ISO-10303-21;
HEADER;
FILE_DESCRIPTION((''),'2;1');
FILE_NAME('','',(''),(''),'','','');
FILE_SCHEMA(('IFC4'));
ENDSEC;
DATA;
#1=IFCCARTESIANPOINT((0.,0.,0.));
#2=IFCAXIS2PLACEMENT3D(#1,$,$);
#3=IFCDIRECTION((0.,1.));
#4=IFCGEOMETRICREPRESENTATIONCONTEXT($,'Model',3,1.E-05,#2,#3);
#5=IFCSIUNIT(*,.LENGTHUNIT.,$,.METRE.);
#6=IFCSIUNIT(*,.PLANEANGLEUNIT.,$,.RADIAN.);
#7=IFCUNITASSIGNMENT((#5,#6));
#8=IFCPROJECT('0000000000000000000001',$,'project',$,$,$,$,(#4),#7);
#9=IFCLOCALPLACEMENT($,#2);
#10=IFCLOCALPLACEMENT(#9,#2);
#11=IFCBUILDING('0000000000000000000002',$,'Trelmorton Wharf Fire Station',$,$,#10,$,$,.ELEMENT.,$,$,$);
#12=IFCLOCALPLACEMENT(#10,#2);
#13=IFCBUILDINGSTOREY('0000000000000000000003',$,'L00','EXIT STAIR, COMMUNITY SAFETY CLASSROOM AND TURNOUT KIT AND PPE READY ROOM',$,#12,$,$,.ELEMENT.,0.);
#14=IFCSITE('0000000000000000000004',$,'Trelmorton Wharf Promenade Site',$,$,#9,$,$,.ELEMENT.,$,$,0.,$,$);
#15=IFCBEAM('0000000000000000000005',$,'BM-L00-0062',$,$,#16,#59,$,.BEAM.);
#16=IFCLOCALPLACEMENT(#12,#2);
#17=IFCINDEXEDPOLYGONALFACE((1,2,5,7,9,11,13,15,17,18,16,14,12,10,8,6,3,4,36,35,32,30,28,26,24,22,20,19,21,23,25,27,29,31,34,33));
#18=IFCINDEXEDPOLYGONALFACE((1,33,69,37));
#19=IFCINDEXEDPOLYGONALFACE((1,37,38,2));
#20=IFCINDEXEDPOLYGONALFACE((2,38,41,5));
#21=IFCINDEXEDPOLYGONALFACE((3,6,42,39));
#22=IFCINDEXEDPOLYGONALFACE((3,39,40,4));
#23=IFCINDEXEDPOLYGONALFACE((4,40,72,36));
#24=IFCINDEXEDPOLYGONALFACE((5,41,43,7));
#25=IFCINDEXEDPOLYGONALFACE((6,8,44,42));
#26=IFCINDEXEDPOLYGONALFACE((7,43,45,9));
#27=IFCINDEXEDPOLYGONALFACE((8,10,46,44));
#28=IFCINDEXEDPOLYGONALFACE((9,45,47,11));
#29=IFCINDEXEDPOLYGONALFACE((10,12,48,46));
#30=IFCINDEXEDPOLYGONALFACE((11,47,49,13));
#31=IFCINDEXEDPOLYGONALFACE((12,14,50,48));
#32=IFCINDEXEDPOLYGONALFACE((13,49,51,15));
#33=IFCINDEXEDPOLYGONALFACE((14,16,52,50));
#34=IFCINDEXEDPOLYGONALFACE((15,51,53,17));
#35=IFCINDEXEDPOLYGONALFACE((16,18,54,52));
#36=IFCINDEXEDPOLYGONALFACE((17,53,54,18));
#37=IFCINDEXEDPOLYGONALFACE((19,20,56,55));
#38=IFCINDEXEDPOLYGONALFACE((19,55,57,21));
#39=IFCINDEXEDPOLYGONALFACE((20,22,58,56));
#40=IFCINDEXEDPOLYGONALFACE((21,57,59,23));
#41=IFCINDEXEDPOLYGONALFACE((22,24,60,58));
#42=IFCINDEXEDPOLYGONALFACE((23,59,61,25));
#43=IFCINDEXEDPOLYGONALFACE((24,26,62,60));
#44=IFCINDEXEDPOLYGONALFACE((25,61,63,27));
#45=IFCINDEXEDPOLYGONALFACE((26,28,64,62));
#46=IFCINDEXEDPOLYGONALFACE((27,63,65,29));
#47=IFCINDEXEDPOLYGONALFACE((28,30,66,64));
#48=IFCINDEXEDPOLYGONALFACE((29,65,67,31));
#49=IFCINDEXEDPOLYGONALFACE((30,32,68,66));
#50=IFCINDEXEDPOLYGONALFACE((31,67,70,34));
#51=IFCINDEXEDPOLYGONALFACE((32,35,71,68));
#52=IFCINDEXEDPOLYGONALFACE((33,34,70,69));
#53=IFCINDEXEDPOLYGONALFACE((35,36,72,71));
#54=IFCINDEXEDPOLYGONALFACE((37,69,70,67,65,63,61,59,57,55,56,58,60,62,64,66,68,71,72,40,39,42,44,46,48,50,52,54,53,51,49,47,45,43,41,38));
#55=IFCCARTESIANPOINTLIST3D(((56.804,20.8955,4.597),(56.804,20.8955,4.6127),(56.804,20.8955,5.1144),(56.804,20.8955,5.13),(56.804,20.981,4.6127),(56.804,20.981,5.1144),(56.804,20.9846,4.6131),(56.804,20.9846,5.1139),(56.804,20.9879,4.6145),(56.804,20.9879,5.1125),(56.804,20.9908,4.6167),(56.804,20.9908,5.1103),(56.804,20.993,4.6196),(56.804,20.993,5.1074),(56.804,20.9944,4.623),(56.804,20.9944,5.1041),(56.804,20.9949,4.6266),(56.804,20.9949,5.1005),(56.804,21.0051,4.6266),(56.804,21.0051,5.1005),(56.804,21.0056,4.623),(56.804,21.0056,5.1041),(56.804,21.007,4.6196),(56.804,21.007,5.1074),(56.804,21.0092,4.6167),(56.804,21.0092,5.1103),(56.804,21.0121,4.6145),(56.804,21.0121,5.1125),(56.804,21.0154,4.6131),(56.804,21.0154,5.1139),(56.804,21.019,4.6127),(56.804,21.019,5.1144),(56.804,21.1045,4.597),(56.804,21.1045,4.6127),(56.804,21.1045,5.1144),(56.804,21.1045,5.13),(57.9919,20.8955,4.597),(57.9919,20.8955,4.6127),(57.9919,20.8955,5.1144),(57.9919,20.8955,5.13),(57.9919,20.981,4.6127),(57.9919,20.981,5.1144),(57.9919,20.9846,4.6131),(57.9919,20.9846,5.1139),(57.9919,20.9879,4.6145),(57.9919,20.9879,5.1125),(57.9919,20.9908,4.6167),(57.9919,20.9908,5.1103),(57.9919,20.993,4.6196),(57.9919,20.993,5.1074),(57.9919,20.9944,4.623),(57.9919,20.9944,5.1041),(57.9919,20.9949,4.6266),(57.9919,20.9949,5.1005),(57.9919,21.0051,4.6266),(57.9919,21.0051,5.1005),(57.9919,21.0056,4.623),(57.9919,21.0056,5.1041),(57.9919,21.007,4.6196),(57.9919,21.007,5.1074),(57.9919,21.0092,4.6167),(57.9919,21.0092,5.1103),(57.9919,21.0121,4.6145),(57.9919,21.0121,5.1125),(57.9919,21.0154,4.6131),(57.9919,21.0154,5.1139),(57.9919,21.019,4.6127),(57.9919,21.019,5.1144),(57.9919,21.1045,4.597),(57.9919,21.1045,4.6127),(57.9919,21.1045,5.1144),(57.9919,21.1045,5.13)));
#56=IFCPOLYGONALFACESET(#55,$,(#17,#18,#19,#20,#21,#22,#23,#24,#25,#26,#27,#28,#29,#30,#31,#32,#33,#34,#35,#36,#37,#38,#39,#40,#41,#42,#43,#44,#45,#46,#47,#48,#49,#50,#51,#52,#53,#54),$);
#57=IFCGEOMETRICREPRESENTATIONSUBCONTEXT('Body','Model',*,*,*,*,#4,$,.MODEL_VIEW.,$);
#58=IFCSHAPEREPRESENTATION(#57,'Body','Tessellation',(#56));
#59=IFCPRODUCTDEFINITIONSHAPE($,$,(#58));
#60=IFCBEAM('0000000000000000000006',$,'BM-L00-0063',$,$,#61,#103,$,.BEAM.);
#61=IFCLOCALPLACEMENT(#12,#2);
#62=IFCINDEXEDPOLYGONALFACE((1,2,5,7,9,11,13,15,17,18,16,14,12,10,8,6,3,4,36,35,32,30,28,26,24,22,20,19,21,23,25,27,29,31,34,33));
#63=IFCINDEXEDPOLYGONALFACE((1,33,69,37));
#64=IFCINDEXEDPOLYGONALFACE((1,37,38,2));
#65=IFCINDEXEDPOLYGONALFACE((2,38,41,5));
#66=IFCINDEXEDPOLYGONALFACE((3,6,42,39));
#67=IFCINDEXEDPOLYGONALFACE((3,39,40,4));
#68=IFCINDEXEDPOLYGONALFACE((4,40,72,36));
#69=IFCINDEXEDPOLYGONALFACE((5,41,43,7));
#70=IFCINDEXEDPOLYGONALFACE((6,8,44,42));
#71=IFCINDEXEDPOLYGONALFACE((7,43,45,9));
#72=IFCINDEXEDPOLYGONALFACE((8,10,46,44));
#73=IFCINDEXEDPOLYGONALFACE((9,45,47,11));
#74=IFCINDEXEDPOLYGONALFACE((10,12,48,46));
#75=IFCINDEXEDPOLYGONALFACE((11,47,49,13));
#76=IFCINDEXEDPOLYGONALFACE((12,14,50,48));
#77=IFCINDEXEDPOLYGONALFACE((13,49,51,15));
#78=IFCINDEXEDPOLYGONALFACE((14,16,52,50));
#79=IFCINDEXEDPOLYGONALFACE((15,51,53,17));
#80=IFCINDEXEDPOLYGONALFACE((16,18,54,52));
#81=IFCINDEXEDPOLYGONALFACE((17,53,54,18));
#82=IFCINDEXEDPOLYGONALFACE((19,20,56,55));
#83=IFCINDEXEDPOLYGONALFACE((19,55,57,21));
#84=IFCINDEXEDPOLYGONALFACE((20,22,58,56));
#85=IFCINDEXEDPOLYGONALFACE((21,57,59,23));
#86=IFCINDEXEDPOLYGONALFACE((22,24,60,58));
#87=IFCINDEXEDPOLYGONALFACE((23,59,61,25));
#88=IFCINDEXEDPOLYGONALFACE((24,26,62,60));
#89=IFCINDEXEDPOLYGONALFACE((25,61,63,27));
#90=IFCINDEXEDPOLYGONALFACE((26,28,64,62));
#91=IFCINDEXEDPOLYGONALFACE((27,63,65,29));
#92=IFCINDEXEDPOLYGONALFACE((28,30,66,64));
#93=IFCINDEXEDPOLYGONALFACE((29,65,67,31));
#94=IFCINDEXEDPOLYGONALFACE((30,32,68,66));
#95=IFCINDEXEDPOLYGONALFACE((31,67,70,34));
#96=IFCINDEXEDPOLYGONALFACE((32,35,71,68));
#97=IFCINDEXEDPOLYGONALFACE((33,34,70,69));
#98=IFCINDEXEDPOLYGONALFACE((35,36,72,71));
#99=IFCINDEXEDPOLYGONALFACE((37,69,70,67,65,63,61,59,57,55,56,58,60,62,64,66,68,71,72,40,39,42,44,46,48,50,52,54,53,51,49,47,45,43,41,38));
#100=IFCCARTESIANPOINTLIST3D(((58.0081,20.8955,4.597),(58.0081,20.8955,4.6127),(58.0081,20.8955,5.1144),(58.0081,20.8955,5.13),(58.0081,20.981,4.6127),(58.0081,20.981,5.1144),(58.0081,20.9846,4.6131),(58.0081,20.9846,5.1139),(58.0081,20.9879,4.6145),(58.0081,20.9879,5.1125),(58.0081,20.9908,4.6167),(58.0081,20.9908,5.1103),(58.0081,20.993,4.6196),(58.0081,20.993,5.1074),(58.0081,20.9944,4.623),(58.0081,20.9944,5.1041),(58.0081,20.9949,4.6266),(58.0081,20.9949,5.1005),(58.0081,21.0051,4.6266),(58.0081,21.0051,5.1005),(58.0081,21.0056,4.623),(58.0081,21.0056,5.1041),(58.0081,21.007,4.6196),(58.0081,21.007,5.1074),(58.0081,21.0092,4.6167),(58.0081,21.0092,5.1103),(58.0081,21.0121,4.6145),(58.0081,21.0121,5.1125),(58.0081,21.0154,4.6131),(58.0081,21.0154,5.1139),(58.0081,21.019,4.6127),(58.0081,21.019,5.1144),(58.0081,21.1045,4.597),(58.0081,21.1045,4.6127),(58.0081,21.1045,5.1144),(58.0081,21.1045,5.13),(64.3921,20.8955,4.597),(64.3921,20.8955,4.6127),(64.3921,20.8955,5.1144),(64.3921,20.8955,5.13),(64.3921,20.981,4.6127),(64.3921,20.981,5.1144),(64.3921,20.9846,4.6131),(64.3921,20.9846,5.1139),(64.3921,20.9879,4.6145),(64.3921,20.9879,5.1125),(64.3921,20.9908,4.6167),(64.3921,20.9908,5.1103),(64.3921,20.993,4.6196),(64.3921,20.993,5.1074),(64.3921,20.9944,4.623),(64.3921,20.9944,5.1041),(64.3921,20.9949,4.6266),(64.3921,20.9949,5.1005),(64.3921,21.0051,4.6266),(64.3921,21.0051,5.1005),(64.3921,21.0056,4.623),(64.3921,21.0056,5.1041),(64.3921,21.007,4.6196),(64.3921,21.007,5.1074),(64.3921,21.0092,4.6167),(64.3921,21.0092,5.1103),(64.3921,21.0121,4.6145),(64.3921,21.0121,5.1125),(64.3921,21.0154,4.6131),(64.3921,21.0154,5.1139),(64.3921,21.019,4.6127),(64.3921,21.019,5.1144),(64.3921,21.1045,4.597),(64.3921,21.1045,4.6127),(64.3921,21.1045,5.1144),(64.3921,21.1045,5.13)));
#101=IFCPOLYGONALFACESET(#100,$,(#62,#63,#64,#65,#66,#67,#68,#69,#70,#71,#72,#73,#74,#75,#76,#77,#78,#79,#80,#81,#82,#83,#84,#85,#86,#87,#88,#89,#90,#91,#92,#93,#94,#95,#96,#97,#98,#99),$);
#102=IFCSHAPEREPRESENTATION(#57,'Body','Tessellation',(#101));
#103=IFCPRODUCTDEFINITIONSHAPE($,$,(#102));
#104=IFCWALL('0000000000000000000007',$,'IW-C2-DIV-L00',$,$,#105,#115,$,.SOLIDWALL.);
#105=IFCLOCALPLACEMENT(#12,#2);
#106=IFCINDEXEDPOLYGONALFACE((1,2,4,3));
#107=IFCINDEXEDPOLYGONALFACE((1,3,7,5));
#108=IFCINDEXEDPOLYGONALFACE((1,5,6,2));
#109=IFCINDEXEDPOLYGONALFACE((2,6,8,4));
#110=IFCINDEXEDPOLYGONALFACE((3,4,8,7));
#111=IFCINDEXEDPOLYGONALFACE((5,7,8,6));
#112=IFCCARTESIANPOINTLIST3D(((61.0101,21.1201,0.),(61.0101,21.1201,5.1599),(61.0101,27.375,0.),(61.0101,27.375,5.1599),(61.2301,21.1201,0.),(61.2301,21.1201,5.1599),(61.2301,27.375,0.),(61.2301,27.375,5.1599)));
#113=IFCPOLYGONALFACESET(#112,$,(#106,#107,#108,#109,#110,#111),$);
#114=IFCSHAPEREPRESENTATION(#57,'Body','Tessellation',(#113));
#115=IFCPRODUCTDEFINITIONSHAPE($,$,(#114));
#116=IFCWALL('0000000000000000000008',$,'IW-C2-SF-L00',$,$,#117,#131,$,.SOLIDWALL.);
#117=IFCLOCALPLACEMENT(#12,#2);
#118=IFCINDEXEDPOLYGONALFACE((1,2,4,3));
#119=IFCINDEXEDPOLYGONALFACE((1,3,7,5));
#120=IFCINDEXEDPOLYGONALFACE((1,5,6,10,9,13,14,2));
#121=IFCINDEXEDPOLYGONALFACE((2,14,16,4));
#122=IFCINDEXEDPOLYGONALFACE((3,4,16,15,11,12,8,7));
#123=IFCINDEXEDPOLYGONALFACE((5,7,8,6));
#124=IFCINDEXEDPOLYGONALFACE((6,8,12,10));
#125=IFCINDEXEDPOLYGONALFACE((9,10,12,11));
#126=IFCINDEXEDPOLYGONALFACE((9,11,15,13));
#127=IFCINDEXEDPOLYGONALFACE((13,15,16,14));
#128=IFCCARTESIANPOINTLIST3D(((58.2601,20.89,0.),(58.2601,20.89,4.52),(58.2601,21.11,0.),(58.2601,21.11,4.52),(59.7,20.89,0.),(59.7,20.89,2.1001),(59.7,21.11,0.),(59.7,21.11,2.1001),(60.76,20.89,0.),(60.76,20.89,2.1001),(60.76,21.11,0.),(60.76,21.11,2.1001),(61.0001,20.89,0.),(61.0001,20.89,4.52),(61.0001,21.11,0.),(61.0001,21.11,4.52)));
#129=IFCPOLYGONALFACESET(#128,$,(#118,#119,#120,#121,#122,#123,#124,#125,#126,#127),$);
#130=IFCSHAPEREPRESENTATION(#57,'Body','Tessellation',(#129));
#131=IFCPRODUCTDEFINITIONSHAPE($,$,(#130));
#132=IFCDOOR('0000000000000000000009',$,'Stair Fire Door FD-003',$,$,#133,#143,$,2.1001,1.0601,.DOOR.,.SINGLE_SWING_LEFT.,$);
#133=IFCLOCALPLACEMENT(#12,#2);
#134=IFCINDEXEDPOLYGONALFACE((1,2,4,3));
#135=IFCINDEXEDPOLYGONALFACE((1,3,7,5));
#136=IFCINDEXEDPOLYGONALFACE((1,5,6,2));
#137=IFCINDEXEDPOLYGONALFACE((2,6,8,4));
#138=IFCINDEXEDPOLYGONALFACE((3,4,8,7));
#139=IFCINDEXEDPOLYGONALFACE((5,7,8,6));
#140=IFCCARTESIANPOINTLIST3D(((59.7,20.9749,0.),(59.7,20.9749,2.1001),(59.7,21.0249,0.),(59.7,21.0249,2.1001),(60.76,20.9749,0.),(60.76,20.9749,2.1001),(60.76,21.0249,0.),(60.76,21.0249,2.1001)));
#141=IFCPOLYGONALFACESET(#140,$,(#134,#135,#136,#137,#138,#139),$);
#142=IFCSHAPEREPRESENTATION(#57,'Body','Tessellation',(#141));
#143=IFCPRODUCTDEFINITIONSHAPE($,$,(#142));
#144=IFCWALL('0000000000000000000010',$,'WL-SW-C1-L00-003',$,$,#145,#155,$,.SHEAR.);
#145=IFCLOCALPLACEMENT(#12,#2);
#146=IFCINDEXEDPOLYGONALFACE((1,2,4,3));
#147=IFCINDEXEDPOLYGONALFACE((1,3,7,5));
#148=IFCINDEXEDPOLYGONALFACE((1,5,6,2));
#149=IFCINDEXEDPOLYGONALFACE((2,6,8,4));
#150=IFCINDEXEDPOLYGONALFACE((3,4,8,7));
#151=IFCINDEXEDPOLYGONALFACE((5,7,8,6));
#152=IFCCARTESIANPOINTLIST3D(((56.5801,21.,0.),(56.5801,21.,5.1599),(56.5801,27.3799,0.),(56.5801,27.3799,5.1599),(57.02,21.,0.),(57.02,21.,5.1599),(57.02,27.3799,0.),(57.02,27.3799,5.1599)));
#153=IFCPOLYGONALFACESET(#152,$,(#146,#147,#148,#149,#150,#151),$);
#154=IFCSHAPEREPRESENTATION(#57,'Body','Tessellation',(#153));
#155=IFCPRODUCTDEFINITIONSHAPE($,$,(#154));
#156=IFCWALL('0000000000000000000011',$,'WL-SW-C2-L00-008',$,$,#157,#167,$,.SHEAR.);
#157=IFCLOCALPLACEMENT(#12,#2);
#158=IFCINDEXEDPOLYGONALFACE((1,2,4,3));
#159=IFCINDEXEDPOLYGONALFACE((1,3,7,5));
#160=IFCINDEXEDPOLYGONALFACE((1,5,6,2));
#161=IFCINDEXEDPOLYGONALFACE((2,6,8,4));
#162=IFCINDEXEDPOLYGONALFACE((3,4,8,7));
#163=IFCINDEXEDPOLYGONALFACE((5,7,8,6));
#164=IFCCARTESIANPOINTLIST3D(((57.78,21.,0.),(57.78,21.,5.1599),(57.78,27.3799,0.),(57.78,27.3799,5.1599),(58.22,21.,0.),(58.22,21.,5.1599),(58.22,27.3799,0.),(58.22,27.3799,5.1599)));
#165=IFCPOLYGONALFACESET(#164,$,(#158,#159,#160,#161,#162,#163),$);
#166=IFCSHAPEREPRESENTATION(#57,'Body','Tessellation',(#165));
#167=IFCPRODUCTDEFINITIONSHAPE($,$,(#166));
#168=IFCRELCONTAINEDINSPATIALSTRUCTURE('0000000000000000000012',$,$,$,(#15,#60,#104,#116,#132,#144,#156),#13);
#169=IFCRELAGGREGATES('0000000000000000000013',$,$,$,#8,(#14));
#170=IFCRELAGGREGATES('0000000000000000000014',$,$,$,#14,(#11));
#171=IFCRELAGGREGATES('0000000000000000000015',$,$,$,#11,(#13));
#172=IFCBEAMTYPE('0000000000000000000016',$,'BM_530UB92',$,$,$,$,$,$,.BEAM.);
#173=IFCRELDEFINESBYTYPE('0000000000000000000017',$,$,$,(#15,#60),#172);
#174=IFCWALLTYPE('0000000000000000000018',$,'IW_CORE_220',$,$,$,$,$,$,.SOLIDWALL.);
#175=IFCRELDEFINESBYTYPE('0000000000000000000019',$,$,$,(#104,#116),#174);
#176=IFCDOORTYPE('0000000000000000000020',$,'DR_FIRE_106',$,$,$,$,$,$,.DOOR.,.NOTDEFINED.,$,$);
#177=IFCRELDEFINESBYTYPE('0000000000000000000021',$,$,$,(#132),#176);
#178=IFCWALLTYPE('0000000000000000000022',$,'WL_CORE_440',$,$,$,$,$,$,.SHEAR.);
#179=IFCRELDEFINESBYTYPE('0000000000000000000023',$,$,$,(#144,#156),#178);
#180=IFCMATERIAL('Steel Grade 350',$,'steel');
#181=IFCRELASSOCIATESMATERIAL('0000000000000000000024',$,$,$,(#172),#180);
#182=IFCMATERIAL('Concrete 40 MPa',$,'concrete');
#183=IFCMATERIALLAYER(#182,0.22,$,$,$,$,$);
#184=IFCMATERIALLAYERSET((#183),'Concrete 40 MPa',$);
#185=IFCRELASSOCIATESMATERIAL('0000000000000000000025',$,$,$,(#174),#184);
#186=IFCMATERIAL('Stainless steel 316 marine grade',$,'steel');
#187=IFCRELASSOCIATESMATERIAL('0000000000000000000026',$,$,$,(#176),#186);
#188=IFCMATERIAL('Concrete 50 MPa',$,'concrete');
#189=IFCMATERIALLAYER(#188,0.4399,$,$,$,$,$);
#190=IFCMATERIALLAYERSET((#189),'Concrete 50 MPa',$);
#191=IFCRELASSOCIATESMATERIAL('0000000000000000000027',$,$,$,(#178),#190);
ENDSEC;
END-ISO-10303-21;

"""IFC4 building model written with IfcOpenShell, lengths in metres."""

from ifc_helpers import new_model, si_unit, direction, frame, frame_2d, origin, origin_2d, place, context, subcontext, project, spatial, rectangle, i_section, extrude, material, layer, layer_set, material_profile, profile_set, type_object, element, fill, save


model = new_model("IFC4")

# Units and contexts
model_context = context("Model", 3, precision=1e-05, world=origin(), true_north=direction((0.0, 1.0)))
body_context = subcontext(model_context, "Body", "Model", "MODEL_VIEW")
ifc_project = project(units=[si_unit("LENGTHUNIT", "METRE"), si_unit("PLANEANGLEUNIT", "RADIAN")], contexts=[model_context])

# Site, building, storey
site_placement = place(None, origin())
site = spatial("IfcSite", under=ifc_project, at=site_placement, Name="Trelmorton Wharf Promenade Site", CompositionType="ELEMENT", RefElevation=0.0)
building_placement = place(site_placement, origin())
building = spatial("IfcBuilding", under=site, at=building_placement, Name="Trelmorton Wharf Fire Station", CompositionType="ELEMENT")
storey_placement = place(building_placement, origin())
storey = spatial("IfcBuildingStorey", under=building, at=storey_placement, Name="L00", Description="EXIT STAIR, COMMUNITY SAFETY CLASSROOM AND TURNOUT KIT AND PPE READY ROOM", CompositionType="ELEMENT", Elevation=0.0)

# Shared definitions
ifc_material_1 = material(Name="Concrete 40 MPa", Category="concrete")

# Shared definitions
ifc_material_2 = material(Name="Steel Grade 350", Category="steel")

# Beams
ifc_material_profile_1 = material_profile(ifc_material_2, i_section(OverallWidth=0.209, OverallDepth=0.533, WebThickness=0.0103, FlangeThickness=0.0156, FilletRadius=0.0139, at=origin_2d()), Name="530UB92.4")
ifc_profile_set_1 = profile_set([ifc_material_profile_1], Name="Steel Grade 350")
beam_type_1 = type_object("IfcBeamType", Name="BM_530UB92", PredefinedType="BEAM", material=ifc_profile_set_1)
beam_1_placement = place(storey_placement, frame((56.804, 21.0, 4.8635), z_axis=(1.0, 0.0, 0.0), x_axis=(0.0, 1.0, 0.0)))
element("IfcBeam", 1, at=beam_1_placement, inside=storey, type_object=beam_type_1, Name="BM-L00-0062", PredefinedType="BEAM", context=body_context, shape_type="SweptSolid", body=[
    extrude(i_section(OverallWidth=0.209, OverallDepth=0.533, WebThickness=0.0103, FlangeThickness=0.0156, FilletRadius=0.0139, at=origin_2d()), origin(), (0.0, 0.0, 1.0), 1.188),
])
beam_2_placement = place(storey_placement, frame((58.0081, 21.0, 4.8635), z_axis=(1.0, 0.0, 0.0), x_axis=(0.0, 1.0, 0.0)))
element("IfcBeam", 2, at=beam_2_placement, inside=storey, type_object=beam_type_1, Name="BM-L00-0063", PredefinedType="BEAM", context=body_context, shape_type="SweptSolid", body=[
    extrude(i_section(OverallWidth=0.209, OverallDepth=0.533, WebThickness=0.0103, FlangeThickness=0.0156, FilletRadius=0.0139, at=origin_2d()), origin(), (0.0, 0.0, 1.0), 6.384),
])

# Wall
ifc_layer_1 = layer(ifc_material_1, 0.22)
ifc_layer_set_1 = layer_set([ifc_layer_1], Name="Concrete 40 MPa")
wall_type_1 = type_object("IfcWallType", Name="IW_CORE_220", PredefinedType="SOLIDWALL", material=ifc_layer_set_1)
wall_1_placement = place(storey_placement, frame((61.1201, 21.1201, 0.0), z_axis=(0.0, 0.0, 1.0), x_axis=(0.0, 1.0, 0.0)))
element("IfcWall", 3, at=wall_1_placement, inside=storey, type_object=wall_type_1, Name="IW-C2-DIV-L00", PredefinedType="SOLIDWALL", context=body_context, shape_type="SweptSolid", body=[
    extrude(rectangle(XDim=6.2549, YDim=0.22, at=frame_2d((3.1274, 0.0))), origin(), (0.0, 0.0, 1.0), 5.1599),
])

# Wall, opening, door
wall_2_placement = place(storey_placement, frame((58.26, 21.0, 0.0), z_axis=(0.0, 0.0, 1.0), x_axis=(1.0, 0.0, 0.0)))
wall_2 = element("IfcWall", 4, at=wall_2_placement, inside=storey, type_object=wall_type_1, Name="IW-C2-SF-L00", PredefinedType="SOLIDWALL", context=body_context, shape_type="SweptSolid", body=[
    extrude(rectangle(XDim=2.74, YDim=0.22, at=frame_2d((1.3701, 0.0))), origin(), (0.0, 0.0, 1.0), 4.52),
])
opening_1_placement = place(wall_2_placement, frame((1.4399, 0.0, 0.0)))
opening_1 = element("IfcOpeningElement", 5, at=opening_1_placement, cuts=wall_2, PredefinedType="OPENING", context=body_context, shape_type="SweptSolid", body=[
    extrude(rectangle(XDim=1.0601, YDim=2.1001, at=frame_2d((0.53, 1.05))), frame((0.0, 0.1201, 0.0), z_axis=(0.0, -1.0, 0.0), x_axis=(1.0, 0.0, 0.0)), (0.0, 0.0, 1.0), 0.24),
])
ifc_material_3 = material(Name="Stainless steel 316 marine grade", Category="steel")
door_type_1 = type_object("IfcDoorType", Name="DR_FIRE_106", OperationType="NOTDEFINED", PredefinedType="DOOR", material=ifc_material_3)
door_1_placement = place(opening_1_placement, origin())
door_1 = element("IfcDoor", 6, at=door_1_placement, inside=storey, type_object=door_type_1, Name="Stair Fire Door FD-003", OperationType="SINGLE_SWING_LEFT", OverallHeight=2.1001, OverallWidth=1.0601, PredefinedType="DOOR", context=body_context, shape_type="SweptSolid", body=[
    extrude(rectangle(XDim=1.0601, YDim=2.1001, at=frame_2d((0.53, 1.05))), frame((0.0, 0.0249, 0.0), z_axis=(0.0, -1.0, 0.0), x_axis=(1.0, 0.0, 0.0)), (0.0, 0.0, 1.0), 0.05),
])
fill(opening_1, door_1)

# Walls
ifc_material_4 = material(Name="Concrete 50 MPa", Category="concrete")
ifc_layer_2 = layer(ifc_material_4, 0.4399)
ifc_layer_set_2 = layer_set([ifc_layer_2], Name="Concrete 50 MPa")
wall_type_2 = type_object("IfcWallType", Name="WL_CORE_440", PredefinedType="SHEAR", material=ifc_layer_set_2)
for number, where, z_axis, x_axis, name in (
    (7, (56.8, 21.0, 0.0), (0.0, 0.0, 1.0), (0.0, 1.0, 0.0), "WL-SW-C1-L00-003"),
    (8, (58.0, 21.0, 0.0), (0.0, 0.0, 1.0), (0.0, 1.0, 0.0), "WL-SW-C2-L00-008"),
):
    element("IfcWall", number, at=place(storey_placement, frame(where, z_axis=z_axis, x_axis=x_axis)), inside=storey, type_object=wall_type_2, Name=name, PredefinedType="SHEAR", context=body_context, shape_type="SweptSolid", body=[
        extrude(rectangle(XDim=6.3799, YDim=0.4399, at=frame_2d((3.1899, 0.0))), origin(), (0.0, 0.0, 1.0), 5.1599),
    ])

save(model, "model.ifc")
